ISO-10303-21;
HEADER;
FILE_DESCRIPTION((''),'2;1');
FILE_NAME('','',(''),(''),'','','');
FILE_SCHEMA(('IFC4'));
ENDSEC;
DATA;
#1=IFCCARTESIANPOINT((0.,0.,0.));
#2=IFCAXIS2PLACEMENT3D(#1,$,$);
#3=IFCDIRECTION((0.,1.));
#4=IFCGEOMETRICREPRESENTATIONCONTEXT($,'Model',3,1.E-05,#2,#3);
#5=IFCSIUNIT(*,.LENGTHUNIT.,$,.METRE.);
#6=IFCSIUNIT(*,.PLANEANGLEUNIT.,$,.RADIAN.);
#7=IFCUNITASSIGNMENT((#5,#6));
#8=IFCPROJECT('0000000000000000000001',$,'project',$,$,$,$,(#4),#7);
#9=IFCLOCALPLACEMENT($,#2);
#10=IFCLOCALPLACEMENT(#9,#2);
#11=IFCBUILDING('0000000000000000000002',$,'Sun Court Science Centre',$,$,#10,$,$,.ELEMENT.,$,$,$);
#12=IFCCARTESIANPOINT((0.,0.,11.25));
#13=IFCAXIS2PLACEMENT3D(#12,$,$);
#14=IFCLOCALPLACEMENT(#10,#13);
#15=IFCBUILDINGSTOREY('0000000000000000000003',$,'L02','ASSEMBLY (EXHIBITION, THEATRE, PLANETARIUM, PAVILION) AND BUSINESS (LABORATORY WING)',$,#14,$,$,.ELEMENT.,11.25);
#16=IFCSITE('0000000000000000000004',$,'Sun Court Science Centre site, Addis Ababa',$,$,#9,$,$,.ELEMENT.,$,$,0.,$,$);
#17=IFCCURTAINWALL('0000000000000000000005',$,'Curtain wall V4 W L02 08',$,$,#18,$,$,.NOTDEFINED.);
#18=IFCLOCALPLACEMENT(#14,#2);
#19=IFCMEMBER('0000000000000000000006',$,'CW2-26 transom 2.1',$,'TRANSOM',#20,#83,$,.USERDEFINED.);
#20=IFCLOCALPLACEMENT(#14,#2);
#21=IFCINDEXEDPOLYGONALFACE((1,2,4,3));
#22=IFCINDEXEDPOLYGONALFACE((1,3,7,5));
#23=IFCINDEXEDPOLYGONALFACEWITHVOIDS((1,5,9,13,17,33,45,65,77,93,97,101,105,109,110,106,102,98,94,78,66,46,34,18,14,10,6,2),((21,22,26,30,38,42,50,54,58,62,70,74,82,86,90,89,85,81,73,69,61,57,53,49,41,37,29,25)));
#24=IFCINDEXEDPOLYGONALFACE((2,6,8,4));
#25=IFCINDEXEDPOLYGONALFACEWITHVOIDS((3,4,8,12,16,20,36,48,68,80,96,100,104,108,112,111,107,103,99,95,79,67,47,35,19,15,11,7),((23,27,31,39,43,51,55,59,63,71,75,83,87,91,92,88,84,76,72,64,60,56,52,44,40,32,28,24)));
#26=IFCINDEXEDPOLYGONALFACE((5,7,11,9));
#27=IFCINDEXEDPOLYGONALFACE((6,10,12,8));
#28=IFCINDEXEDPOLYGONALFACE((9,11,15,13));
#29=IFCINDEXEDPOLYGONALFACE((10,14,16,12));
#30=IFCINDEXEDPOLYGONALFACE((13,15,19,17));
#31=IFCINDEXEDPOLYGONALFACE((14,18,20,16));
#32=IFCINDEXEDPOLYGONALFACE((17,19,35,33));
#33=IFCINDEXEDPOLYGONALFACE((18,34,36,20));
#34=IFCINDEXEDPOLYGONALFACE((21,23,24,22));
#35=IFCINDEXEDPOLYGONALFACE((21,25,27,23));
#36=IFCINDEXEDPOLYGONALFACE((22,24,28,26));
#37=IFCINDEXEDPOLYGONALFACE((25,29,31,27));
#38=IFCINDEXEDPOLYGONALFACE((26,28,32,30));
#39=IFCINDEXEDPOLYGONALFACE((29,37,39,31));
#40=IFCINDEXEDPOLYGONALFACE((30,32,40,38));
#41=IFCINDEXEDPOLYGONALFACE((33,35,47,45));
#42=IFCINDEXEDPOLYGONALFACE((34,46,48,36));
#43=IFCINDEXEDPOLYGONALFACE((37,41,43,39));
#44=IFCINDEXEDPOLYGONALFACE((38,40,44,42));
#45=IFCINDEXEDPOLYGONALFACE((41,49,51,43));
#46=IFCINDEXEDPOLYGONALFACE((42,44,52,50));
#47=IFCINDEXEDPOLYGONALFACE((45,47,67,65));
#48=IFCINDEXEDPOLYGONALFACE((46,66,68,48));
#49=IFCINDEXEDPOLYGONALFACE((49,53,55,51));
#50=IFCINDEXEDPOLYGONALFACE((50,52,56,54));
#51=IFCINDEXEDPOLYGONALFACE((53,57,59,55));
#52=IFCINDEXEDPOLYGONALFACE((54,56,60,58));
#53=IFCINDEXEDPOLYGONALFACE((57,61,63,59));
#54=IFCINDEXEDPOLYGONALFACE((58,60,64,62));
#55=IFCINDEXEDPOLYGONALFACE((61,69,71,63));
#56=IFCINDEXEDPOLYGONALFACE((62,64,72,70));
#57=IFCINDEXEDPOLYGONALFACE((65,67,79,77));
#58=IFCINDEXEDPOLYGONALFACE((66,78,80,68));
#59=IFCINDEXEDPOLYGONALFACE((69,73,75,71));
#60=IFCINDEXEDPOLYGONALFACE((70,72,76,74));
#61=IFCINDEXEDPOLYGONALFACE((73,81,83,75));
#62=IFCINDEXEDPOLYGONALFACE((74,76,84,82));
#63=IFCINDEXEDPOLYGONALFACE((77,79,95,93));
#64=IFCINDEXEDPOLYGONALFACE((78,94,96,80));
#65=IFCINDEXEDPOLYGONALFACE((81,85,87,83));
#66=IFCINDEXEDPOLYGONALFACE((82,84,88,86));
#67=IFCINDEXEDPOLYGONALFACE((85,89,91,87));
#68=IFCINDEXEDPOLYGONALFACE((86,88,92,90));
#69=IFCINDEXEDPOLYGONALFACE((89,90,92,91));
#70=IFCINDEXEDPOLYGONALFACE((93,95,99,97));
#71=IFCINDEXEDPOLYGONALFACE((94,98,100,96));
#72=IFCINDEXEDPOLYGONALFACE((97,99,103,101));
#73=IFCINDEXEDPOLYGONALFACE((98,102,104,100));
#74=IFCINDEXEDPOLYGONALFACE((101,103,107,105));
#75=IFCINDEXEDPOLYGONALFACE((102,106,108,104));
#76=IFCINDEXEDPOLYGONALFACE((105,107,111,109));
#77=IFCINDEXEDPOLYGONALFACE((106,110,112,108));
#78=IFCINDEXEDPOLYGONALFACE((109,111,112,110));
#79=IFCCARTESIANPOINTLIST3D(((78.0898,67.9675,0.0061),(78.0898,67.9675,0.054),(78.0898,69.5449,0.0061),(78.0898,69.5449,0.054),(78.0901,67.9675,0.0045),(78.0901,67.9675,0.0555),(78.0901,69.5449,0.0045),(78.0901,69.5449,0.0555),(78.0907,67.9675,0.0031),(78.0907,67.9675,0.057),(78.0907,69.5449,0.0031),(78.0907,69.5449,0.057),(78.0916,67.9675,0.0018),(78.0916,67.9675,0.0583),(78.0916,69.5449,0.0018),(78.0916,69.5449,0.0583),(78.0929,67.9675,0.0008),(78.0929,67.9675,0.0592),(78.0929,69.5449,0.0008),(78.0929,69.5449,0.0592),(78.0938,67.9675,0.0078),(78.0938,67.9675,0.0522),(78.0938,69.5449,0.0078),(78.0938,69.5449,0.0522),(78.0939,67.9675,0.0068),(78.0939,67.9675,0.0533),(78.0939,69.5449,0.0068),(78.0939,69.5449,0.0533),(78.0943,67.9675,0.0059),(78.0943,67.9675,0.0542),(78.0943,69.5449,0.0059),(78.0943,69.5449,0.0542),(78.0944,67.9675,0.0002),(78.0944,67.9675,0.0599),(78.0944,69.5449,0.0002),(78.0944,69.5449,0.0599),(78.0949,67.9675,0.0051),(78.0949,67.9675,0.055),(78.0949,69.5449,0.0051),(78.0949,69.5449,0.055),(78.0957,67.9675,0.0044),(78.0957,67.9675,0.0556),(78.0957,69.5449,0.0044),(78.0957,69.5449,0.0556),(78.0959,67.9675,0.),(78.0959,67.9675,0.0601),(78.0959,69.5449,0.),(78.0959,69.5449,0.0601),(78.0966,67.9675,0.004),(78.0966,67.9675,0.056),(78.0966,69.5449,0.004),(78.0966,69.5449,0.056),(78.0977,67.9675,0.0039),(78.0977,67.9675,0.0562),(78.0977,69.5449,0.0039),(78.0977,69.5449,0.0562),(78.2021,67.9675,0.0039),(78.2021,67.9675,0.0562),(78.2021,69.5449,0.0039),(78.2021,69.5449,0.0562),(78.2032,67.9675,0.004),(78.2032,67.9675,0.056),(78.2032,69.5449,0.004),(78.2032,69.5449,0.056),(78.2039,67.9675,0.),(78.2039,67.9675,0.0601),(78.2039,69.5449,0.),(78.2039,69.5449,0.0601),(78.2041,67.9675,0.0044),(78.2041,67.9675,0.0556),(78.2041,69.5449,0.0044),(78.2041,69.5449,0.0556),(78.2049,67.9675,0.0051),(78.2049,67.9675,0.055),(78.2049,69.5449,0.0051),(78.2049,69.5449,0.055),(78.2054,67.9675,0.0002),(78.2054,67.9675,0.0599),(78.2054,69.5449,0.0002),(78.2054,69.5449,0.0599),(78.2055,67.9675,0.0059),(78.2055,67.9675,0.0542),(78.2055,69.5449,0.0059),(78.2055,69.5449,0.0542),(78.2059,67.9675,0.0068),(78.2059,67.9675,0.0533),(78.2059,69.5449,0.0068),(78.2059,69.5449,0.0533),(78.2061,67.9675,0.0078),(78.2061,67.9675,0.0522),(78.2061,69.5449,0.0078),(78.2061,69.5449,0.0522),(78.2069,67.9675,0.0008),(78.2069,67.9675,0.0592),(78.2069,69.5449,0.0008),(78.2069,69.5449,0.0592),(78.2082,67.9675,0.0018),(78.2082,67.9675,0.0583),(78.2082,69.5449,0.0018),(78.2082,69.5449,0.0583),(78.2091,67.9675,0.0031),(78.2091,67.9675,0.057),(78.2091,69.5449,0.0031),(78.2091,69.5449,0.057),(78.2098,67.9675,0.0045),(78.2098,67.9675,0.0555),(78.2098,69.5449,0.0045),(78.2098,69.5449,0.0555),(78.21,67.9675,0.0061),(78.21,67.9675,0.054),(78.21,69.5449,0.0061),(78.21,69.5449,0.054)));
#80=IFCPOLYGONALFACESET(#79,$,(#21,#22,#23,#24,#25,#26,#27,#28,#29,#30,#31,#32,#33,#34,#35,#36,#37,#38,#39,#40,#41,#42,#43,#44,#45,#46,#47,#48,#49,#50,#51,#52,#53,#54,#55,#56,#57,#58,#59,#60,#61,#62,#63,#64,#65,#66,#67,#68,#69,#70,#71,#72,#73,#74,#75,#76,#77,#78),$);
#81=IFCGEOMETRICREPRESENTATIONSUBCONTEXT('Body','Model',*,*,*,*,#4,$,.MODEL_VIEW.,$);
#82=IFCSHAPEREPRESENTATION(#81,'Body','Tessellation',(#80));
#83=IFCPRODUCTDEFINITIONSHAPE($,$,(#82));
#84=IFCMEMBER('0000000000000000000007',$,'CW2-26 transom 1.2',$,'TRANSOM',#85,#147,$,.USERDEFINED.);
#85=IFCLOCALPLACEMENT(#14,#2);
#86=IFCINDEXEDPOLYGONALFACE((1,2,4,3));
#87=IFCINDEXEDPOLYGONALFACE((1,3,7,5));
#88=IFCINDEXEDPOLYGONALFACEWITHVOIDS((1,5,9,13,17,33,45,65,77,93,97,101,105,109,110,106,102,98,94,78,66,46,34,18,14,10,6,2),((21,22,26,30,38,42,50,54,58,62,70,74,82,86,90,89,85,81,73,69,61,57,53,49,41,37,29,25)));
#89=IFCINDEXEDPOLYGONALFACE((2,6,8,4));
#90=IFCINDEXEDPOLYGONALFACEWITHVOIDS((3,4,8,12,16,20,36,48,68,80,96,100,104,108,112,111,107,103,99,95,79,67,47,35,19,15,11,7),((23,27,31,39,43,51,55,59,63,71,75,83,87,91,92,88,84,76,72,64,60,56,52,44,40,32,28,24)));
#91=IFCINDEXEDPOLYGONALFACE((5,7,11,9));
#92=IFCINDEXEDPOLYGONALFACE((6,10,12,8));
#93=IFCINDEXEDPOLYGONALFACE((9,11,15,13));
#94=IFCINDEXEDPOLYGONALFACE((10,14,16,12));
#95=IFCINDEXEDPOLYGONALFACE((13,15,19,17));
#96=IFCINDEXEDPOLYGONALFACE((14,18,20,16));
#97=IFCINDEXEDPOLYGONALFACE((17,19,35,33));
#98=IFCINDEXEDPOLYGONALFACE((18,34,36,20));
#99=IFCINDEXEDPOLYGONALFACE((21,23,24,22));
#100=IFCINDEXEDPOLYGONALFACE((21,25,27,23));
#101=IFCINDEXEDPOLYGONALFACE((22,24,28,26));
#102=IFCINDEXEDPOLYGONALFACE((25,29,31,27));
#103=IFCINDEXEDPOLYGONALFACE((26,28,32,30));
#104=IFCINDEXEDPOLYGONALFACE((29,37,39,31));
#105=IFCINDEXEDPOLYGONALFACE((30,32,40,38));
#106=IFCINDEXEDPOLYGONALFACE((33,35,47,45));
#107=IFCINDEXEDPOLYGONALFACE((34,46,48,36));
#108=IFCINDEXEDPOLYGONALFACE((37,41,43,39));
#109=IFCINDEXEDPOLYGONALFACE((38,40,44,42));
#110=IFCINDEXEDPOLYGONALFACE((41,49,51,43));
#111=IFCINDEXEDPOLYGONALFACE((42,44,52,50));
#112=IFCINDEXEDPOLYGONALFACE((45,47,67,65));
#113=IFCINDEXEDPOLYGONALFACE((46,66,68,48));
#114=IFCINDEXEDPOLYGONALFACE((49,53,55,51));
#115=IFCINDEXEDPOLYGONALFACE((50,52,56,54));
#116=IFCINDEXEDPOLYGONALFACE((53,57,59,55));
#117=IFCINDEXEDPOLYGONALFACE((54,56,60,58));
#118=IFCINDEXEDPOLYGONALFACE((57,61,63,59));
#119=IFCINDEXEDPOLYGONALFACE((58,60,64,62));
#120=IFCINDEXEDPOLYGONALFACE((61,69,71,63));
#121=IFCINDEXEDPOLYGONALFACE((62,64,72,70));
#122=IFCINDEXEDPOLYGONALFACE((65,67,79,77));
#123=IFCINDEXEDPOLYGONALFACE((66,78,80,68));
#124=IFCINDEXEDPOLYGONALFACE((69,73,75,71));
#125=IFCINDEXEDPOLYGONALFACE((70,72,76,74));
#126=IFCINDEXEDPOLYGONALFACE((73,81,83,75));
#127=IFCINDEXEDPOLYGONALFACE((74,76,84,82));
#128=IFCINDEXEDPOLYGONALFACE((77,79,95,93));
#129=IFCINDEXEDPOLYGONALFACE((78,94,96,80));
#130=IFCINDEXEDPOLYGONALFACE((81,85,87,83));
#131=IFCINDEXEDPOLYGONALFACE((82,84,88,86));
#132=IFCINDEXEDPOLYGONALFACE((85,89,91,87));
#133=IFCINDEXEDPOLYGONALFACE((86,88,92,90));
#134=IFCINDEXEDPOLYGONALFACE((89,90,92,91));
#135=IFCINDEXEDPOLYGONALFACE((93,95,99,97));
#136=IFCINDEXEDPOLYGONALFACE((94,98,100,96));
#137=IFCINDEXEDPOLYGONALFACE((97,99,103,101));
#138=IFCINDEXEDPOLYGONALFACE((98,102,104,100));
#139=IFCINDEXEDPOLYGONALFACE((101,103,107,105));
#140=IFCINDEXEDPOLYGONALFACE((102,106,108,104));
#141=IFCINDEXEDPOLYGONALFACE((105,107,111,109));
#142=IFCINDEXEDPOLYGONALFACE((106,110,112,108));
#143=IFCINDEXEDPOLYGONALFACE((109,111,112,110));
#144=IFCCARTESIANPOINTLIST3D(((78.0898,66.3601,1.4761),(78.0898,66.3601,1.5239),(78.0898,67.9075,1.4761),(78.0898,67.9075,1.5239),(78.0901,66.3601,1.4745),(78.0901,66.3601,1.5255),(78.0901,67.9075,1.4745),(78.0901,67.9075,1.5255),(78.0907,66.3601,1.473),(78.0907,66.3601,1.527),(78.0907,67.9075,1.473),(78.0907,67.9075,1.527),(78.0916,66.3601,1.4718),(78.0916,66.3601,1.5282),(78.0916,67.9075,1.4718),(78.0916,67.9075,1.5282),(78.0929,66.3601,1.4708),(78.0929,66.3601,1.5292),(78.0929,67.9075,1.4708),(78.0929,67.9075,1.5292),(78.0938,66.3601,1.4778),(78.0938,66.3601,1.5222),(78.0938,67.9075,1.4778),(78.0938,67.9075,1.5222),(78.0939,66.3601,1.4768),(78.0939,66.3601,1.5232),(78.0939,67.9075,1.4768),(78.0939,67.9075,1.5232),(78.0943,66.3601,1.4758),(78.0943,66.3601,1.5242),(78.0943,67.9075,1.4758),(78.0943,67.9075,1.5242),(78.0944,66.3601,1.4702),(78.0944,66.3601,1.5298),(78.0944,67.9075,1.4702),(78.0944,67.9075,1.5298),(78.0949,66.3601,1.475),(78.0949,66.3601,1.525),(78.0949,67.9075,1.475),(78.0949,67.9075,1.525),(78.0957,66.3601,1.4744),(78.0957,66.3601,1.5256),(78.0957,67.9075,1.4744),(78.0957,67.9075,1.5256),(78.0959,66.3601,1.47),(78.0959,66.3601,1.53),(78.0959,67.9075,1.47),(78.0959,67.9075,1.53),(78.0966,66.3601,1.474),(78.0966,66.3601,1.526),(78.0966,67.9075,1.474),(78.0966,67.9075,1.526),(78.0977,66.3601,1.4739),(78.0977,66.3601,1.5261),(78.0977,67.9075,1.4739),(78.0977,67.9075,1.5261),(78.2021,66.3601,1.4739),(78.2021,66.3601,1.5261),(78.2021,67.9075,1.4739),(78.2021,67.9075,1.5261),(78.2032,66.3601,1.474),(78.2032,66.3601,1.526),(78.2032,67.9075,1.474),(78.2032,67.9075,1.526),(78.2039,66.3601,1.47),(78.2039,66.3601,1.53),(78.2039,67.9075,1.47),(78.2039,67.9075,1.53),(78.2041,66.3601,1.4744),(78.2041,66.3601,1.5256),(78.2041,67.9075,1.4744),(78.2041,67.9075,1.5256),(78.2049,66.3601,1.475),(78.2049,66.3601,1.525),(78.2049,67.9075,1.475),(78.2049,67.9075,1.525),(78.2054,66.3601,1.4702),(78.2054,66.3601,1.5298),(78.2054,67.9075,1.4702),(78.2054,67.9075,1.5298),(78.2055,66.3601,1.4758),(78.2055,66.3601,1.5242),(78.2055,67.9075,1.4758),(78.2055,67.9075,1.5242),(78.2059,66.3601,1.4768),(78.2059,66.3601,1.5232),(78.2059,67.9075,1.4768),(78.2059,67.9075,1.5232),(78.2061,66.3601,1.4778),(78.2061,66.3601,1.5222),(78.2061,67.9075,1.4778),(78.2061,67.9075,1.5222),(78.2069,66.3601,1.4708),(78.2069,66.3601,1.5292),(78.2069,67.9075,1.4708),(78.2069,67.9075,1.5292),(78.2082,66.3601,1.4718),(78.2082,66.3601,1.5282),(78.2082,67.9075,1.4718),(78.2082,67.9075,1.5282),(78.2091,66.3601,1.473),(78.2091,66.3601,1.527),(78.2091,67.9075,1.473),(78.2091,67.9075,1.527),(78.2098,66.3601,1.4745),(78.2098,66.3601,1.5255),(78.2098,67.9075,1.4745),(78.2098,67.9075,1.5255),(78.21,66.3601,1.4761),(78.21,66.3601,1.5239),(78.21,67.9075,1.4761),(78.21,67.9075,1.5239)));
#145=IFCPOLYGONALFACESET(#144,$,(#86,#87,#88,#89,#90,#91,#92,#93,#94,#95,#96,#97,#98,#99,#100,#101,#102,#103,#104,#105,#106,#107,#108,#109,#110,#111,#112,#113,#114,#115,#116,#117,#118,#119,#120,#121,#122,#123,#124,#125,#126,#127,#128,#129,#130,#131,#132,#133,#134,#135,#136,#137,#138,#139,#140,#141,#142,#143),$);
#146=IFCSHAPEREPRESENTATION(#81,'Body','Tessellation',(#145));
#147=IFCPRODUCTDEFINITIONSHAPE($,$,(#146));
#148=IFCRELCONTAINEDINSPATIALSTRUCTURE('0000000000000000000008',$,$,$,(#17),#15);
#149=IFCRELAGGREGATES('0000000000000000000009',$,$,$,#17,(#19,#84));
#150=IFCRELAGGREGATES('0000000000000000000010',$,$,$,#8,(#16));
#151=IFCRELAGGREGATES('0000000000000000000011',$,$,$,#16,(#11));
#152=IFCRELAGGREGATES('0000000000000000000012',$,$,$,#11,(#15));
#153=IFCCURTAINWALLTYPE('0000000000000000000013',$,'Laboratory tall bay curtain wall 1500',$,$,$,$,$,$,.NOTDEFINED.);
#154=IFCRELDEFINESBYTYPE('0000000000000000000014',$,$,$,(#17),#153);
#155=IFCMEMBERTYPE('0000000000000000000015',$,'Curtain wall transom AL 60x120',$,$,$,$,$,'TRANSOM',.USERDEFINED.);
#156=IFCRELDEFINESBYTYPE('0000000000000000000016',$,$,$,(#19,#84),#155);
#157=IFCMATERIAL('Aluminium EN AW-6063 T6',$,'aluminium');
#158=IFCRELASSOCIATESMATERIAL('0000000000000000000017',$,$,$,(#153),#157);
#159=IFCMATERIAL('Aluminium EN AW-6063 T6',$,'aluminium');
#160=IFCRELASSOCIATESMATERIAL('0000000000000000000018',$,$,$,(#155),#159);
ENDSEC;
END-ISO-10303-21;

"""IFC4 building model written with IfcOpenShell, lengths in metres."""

from ifc_helpers import new_model, si_unit, direction, frame, origin, origin_2d, place, context, subcontext, project, spatial, hollow_rectangle, extrude, material, material_profile, profile_set, type_object, element, aggregate, save


model = new_model("IFC4")

# Units and contexts
model_context = context("Model", 3, precision=1e-05, world=origin(), true_north=direction((0.0, 1.0)))
body_context = subcontext(model_context, "Body", "Model", "MODEL_VIEW")
ifc_project = project(units=[si_unit("LENGTHUNIT", "METRE"), si_unit("PLANEANGLEUNIT", "RADIAN")], contexts=[model_context])

# Site, building, storey
site_placement = place(None, origin())
site = spatial("IfcSite", under=ifc_project, at=site_placement, Name="Sun Court Science Centre site, Addis Ababa", CompositionType="ELEMENT", RefElevation=0.0)
building_placement = place(site_placement, origin())
building = spatial("IfcBuilding", under=site, at=building_placement, Name="Sun Court Science Centre", CompositionType="ELEMENT")
storey_placement = place(building_placement, frame((0.0, 0.0, 11.25)))
storey = spatial("IfcBuildingStorey", under=building, at=storey_placement, Name="L02", Description="ASSEMBLY (EXHIBITION, THEATRE, PLANETARIUM, PAVILION) AND BUSINESS (LABORATORY WING)", CompositionType="ELEMENT", Elevation=11.25)

# Curtain wall
ifc_material_1 = material(Name="Aluminium EN AW-6063 T6", Category="aluminium")
curtain_wall_type = type_object("IfcCurtainWallType", Name="Laboratory tall bay curtain wall 1500", PredefinedType="NOTDEFINED", material=ifc_material_1)
curtain_wall_1_placement = place(storey_placement, origin())
curtain_wall_1 = element("IfcCurtainWall", 1, at=curtain_wall_1_placement, inside=storey, type_object=curtain_wall_type, Name="Curtain wall V4 W L02 08", PredefinedType="NOTDEFINED")

# Members
ifc_material_2 = material(Name="Aluminium EN AW-6063 T6", Category="aluminium")
ifc_material_profile_1 = material_profile(ifc_material_2, hollow_rectangle(XDim=0.0601, YDim=0.1201, WallThickness=0.0039, InnerFilletRadius=0.0039, OuterFilletRadius=0.0061, at=origin_2d()), Name="AL 60x120x4")
ifc_profile_set_1 = profile_set([ifc_material_profile_1], Name="Aluminium EN AW-6063 T6")
member_type_1 = type_object("IfcMemberType", Name="Curtain wall transom AL 60x120", ElementType="TRANSOM", PredefinedType="USERDEFINED", material=ifc_profile_set_1)
member_1_placement = place(storey_placement, frame((78.1499, 67.9675, 0.03), z_axis=(0.0, 1.0, 0.0), x_axis=(0.0, 0.0, 1.0)))
member_1 = element("IfcMember", 2, at=member_1_placement, type_object=member_type_1, Name="CW2-26 transom 2.1", ObjectType="TRANSOM", PredefinedType="USERDEFINED", context=body_context, shape_type="SweptSolid", body=[
    extrude(hollow_rectangle(XDim=0.0601, YDim=0.1201, WallThickness=0.0039, InnerFilletRadius=0.0039, OuterFilletRadius=0.0061, at=origin_2d()), origin(), (0.0, 0.0, 1.0), 1.5774),
])
member_2_placement = place(storey_placement, frame((78.1499, 66.3601, 1.5), z_axis=(0.0, 1.0, 0.0), x_axis=(0.0, 0.0, 1.0)))
member_2 = element("IfcMember", 3, at=member_2_placement, type_object=member_type_1, Name="CW2-26 transom 1.2", ObjectType="TRANSOM", PredefinedType="USERDEFINED", context=body_context, shape_type="SweptSolid", body=[
    extrude(hollow_rectangle(XDim=0.0601, YDim=0.1201, WallThickness=0.0039, InnerFilletRadius=0.0039, OuterFilletRadius=0.0061, at=origin_2d()), origin(), (0.0, 0.0, 1.0), 1.5474),
])

aggregate(curtain_wall_1, [member_1, member_2])

save(model, "model.ifc")
